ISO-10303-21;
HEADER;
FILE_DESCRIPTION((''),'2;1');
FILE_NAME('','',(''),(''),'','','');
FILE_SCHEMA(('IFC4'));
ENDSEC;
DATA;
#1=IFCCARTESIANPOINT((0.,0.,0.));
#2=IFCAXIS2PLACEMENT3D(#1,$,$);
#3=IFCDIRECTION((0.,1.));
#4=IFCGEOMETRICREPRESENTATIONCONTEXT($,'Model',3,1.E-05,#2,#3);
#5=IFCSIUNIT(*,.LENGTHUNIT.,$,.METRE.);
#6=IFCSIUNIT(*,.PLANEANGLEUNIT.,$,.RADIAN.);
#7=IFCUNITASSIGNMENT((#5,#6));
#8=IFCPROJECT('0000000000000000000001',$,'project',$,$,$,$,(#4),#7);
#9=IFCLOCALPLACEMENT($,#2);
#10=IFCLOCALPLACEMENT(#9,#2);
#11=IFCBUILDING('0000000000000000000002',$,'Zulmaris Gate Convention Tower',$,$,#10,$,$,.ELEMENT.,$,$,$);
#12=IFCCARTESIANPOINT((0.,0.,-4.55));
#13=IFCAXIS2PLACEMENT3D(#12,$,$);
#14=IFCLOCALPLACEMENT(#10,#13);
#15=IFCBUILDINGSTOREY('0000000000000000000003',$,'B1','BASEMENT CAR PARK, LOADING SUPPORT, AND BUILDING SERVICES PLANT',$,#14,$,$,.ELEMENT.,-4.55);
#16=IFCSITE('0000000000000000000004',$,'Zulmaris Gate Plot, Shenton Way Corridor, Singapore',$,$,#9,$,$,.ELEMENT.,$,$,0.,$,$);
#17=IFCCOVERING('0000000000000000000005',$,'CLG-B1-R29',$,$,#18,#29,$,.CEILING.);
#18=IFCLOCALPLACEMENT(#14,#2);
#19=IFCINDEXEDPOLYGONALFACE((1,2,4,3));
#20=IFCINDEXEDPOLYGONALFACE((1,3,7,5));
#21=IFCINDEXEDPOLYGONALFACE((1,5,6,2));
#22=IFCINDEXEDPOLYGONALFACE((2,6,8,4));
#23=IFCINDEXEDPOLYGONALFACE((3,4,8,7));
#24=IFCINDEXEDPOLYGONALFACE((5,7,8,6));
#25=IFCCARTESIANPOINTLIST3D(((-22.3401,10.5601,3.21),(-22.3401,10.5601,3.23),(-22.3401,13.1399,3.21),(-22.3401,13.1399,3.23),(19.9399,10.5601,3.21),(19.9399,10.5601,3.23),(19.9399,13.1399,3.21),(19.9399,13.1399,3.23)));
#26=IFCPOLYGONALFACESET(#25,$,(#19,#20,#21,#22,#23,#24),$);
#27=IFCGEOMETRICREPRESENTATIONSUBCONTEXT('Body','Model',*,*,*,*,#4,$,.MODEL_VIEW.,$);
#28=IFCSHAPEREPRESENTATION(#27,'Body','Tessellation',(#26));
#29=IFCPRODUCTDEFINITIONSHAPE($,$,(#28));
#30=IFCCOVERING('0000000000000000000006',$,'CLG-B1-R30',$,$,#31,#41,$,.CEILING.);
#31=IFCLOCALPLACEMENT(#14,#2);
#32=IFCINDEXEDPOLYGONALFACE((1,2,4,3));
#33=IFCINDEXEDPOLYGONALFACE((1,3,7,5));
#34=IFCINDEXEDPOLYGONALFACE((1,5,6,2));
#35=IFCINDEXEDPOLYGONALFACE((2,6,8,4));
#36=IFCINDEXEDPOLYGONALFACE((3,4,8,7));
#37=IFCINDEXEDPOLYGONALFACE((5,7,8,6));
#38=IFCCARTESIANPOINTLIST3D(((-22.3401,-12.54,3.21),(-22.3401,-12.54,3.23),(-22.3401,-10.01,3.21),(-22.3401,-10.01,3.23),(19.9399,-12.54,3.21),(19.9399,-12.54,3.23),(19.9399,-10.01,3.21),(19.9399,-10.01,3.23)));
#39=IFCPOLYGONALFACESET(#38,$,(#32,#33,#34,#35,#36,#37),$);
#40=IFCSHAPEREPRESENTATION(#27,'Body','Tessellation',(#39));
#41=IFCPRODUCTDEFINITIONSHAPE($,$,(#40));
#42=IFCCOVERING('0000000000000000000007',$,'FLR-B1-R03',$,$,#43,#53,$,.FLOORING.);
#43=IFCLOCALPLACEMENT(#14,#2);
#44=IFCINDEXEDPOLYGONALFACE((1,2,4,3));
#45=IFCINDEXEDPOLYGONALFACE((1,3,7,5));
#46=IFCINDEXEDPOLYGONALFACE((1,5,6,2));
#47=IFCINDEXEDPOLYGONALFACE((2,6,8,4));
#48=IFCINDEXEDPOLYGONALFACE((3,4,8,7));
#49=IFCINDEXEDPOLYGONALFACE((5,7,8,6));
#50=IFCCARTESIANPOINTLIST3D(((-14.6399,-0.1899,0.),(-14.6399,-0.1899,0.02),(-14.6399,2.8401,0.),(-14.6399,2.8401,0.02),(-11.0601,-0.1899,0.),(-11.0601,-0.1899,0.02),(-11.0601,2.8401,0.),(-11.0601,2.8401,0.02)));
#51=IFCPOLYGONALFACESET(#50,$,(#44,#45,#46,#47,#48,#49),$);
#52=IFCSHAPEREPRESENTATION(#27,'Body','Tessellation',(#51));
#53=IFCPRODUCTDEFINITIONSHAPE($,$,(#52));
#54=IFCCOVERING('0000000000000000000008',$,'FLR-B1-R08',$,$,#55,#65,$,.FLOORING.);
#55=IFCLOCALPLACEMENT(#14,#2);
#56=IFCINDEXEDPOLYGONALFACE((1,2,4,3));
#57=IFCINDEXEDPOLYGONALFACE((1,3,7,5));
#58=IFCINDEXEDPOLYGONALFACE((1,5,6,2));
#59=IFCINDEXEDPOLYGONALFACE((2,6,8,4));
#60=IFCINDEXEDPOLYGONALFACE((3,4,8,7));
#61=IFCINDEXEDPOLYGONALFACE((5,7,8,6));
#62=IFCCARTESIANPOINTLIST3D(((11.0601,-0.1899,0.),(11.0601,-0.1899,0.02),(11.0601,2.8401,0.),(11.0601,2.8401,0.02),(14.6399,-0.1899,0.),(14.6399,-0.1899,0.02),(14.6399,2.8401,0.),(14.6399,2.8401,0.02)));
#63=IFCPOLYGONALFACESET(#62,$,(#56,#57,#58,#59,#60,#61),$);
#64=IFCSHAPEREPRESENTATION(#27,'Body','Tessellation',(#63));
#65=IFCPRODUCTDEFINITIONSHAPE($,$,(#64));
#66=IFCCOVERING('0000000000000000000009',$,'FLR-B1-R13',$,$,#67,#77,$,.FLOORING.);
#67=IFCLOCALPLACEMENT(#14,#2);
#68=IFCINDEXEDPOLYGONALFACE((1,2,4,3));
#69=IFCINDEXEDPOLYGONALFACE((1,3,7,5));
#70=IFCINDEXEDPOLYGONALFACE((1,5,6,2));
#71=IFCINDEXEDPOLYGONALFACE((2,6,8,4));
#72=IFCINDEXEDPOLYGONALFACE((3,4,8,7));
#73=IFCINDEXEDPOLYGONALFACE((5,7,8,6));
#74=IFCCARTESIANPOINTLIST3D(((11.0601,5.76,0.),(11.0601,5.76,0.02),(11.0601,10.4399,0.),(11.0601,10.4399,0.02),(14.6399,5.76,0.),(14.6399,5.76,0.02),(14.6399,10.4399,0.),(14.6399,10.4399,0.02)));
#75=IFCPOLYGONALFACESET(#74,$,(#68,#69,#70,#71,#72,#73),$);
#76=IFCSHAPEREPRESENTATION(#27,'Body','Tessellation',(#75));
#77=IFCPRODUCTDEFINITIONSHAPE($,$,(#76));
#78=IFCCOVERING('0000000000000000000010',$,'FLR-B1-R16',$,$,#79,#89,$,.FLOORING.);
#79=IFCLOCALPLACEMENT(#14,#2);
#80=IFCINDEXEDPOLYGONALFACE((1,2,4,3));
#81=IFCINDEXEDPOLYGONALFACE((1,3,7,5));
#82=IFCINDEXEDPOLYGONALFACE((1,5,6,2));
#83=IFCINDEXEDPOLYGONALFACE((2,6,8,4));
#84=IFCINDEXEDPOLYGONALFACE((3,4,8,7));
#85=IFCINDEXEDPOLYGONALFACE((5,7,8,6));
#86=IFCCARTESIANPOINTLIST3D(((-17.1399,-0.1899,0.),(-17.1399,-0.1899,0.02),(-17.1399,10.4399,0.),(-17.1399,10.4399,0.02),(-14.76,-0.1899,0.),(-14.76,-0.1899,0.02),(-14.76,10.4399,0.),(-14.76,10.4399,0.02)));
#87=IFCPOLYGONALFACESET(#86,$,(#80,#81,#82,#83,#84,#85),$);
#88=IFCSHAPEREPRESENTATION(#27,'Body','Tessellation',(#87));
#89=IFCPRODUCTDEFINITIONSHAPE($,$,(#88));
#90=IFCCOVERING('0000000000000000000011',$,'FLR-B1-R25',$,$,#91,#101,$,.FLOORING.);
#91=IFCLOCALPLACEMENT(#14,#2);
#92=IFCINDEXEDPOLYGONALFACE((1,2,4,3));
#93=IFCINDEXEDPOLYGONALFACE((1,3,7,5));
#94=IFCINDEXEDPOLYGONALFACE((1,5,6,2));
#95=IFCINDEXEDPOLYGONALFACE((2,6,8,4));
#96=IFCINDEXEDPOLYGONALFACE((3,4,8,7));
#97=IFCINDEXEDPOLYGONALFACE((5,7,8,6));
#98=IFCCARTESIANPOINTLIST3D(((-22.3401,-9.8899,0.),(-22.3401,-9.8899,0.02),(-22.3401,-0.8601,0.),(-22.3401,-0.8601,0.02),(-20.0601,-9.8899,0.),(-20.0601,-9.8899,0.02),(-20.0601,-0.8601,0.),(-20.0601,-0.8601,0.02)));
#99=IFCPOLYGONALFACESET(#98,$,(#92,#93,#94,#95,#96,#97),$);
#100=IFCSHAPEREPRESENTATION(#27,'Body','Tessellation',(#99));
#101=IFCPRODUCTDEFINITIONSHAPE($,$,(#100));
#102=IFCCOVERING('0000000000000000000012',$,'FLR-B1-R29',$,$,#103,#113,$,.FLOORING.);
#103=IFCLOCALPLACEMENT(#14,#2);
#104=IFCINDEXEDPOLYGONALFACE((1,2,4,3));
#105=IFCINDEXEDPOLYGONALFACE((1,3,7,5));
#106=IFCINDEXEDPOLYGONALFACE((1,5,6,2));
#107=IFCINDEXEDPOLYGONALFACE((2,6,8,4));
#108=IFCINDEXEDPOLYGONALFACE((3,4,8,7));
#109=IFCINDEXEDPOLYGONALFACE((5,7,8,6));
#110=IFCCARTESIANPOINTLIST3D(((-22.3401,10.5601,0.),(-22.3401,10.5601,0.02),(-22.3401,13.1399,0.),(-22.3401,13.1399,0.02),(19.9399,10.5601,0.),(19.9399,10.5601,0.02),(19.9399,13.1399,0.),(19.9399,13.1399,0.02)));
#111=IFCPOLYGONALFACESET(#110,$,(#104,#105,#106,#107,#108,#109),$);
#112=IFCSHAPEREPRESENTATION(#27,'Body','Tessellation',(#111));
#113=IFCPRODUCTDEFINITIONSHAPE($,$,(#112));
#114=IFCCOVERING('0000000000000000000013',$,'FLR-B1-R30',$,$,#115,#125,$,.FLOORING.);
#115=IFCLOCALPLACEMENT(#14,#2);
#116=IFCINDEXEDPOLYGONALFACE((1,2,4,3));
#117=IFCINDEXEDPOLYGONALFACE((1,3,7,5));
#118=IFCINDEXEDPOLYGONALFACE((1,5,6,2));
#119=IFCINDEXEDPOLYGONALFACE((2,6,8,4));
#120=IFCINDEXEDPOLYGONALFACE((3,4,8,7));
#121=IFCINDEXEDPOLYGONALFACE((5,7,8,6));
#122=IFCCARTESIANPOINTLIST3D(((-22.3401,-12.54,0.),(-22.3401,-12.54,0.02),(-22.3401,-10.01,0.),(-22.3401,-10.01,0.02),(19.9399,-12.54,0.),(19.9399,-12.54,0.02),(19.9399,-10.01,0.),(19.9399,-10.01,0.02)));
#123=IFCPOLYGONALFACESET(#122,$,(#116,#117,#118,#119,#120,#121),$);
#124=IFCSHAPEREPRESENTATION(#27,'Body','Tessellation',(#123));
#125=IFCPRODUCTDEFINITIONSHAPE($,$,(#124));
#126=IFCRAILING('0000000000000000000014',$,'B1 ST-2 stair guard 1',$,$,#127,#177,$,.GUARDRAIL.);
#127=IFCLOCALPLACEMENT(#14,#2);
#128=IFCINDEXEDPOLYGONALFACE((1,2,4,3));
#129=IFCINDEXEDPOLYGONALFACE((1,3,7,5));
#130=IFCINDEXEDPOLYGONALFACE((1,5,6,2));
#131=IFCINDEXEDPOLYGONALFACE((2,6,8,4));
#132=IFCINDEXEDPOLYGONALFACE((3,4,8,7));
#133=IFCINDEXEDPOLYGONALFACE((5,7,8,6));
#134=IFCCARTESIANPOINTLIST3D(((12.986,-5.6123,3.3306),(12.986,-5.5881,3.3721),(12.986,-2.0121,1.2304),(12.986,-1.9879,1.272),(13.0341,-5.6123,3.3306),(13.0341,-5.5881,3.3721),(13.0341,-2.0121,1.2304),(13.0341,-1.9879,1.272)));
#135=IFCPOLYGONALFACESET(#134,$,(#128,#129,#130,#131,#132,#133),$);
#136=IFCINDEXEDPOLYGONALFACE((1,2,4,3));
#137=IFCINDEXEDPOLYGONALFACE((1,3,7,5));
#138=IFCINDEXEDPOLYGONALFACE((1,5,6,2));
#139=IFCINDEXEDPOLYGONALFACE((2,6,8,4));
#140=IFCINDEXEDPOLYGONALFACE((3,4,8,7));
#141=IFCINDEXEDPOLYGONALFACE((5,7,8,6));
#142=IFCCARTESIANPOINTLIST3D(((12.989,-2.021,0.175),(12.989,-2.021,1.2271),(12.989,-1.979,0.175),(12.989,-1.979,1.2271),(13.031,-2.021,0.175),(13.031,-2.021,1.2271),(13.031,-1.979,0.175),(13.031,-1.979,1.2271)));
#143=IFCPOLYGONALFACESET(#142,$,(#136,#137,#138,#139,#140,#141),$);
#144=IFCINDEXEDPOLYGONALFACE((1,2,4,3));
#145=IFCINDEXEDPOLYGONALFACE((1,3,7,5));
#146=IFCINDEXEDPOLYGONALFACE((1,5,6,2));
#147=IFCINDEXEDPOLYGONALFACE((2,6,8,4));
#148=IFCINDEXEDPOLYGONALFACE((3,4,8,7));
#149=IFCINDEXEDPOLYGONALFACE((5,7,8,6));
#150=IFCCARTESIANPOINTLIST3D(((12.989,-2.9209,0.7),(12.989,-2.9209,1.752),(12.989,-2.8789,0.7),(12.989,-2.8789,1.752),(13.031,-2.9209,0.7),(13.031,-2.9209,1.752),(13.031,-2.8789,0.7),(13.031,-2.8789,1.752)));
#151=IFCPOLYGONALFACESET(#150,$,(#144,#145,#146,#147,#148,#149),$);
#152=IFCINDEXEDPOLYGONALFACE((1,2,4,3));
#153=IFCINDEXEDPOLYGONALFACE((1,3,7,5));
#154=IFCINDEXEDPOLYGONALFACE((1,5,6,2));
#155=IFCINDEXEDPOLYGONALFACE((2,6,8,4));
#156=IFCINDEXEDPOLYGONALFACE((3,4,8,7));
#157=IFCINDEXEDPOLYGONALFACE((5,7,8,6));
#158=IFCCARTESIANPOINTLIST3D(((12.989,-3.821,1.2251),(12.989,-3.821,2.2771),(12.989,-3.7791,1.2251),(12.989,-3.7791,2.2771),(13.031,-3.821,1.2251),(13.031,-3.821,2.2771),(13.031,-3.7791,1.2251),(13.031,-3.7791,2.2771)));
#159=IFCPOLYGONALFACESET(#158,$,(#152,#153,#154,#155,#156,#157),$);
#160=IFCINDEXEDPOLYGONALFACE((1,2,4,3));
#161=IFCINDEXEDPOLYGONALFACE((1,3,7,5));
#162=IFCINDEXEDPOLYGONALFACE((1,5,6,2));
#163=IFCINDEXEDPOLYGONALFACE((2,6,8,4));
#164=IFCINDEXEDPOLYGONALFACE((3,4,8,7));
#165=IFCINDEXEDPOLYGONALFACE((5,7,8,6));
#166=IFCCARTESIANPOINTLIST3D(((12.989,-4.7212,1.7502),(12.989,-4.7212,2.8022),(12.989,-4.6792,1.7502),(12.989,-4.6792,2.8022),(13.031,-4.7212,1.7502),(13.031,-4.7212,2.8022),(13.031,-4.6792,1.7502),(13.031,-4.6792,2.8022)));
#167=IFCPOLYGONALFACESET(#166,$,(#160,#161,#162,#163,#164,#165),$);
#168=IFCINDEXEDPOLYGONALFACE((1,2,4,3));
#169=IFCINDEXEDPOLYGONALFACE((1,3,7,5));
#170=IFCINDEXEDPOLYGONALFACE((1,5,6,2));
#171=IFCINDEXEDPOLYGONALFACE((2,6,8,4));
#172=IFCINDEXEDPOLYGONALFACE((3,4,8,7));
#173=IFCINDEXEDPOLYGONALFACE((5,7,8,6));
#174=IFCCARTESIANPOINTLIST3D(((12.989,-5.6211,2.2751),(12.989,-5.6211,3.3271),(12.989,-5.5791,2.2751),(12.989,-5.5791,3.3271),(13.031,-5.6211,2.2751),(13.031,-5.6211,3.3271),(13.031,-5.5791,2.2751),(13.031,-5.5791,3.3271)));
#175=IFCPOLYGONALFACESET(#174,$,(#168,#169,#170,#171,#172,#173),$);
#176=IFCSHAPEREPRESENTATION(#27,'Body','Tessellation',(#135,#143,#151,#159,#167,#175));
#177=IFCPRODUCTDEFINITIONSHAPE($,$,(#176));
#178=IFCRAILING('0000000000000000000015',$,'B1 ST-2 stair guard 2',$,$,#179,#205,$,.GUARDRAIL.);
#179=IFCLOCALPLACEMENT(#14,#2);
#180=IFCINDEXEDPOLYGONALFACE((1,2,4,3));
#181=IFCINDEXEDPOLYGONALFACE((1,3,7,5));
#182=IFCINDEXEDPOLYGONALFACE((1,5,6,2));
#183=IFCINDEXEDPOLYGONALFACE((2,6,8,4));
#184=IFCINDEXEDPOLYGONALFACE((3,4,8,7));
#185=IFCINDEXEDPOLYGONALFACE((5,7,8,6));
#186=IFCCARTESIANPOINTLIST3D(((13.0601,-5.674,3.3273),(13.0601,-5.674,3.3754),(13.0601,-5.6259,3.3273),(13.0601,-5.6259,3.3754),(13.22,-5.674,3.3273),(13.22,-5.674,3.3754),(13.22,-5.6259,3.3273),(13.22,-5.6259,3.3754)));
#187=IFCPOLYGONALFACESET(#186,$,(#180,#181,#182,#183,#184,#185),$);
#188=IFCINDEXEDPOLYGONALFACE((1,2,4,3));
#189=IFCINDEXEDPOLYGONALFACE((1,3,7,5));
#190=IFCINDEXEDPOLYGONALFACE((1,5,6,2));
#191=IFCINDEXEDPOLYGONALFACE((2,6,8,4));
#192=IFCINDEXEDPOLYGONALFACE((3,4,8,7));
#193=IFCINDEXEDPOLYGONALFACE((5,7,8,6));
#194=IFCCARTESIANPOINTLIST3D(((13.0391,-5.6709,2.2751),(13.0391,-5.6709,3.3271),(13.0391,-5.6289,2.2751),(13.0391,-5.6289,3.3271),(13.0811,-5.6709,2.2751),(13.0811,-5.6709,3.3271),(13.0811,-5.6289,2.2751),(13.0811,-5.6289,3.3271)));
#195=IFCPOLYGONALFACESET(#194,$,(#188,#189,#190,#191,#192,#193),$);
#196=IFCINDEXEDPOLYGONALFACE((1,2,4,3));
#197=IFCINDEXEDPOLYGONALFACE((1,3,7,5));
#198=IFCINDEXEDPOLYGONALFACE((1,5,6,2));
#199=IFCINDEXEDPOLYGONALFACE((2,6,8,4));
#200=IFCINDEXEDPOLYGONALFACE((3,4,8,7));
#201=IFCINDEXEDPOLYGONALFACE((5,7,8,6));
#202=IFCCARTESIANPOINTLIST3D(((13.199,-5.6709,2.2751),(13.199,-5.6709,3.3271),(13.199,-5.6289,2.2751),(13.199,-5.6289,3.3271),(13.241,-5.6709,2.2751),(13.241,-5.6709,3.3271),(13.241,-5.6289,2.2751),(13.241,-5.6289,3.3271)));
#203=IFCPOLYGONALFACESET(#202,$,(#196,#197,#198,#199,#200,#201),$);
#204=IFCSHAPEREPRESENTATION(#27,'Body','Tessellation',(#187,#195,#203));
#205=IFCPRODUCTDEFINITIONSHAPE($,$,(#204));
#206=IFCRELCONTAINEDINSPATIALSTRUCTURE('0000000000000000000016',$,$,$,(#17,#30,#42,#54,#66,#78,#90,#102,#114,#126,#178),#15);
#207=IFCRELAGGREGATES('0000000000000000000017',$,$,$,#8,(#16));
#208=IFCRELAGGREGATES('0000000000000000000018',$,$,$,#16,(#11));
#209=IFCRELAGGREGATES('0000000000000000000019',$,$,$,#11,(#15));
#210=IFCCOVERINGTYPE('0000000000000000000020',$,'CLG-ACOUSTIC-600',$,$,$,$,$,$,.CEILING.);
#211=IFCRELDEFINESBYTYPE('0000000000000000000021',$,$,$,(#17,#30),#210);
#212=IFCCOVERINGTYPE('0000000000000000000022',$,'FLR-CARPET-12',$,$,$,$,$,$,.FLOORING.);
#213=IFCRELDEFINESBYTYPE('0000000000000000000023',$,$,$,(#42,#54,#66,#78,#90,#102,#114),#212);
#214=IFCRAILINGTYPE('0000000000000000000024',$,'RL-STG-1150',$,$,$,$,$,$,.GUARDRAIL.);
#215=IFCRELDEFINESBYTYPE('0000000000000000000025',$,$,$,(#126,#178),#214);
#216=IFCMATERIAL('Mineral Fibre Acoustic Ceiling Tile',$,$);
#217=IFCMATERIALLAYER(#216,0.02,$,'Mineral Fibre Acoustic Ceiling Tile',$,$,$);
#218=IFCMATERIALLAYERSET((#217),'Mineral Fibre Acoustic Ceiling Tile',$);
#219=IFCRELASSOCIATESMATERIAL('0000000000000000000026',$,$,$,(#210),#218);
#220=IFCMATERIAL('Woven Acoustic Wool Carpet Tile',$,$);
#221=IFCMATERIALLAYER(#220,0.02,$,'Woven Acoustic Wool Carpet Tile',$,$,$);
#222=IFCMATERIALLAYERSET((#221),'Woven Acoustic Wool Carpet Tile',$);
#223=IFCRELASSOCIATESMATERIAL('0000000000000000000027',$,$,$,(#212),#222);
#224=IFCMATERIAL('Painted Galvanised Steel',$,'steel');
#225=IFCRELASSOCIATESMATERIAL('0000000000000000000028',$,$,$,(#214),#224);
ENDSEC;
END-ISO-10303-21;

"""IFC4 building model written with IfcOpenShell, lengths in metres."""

from ifc_helpers import new_model, si_unit, direction, frame, origin, origin_2d, place, context, subcontext, project, spatial, polyline, rectangle, outline, extrude, material, layer, layer_set, type_object, element, save


model = new_model("IFC4")

# Units and contexts
model_context = context("Model", 3, precision=1e-05, world=origin(), true_north=direction((0.0, 1.0)))
body_context = subcontext(model_context, "Body", "Model", "MODEL_VIEW")
ifc_project = project(units=[si_unit("LENGTHUNIT", "METRE"), si_unit("PLANEANGLEUNIT", "RADIAN")], contexts=[model_context])

# Site, building, storey
site_placement = place(None, origin())
site = spatial("IfcSite", under=ifc_project, at=site_placement, Name="Zulmaris Gate Plot, Shenton Way Corridor, Singapore", CompositionType="ELEMENT", RefElevation=0.0)
building_placement = place(site_placement, origin())
building = spatial("IfcBuilding", under=site, at=building_placement, Name="Zulmaris Gate Convention Tower", CompositionType="ELEMENT")
storey_placement = place(building_placement, frame((0.0, 0.0, -4.55)))
storey = spatial("IfcBuildingStorey", under=building, at=storey_placement, Name="B1", Description="BASEMENT CAR PARK, LOADING SUPPORT, AND BUILDING SERVICES PLANT", CompositionType="ELEMENT", Elevation=-4.55)

# Coverings
ifc_material_1 = material(Name="Mineral Fibre Acoustic Ceiling Tile")
ifc_layer_1 = layer(ifc_material_1, 0.02, Name="Mineral Fibre Acoustic Ceiling Tile")
ifc_layer_set_1 = layer_set([ifc_layer_1], Name="Mineral Fibre Acoustic Ceiling Tile")
covering_type_1 = type_object("IfcCoveringType", Name="CLG-ACOUSTIC-600", PredefinedType="CEILING", material=ifc_layer_set_1)
covering_1_placement = place(storey_placement, frame((0.0, 0.0, 3.21)))
element("IfcCovering", 1, at=covering_1_placement, inside=storey, type_object=covering_type_1, Name="CLG-B1-R29", PredefinedType="CEILING", context=body_context, shape_type="SweptSolid", body=[
    extrude(outline(polyline([(-22.3401, 10.5601), (19.9399, 10.5601), (19.9399, 13.1399), (-22.3401, 13.1399), (-22.3401, 10.5601)])), origin(), (0.0, 0.0, 1.0), 0.02),
])
covering_2_placement = place(storey_placement, frame((0.0, 0.0, 3.21)))
element("IfcCovering", 2, at=covering_2_placement, inside=storey, type_object=covering_type_1, Name="CLG-B1-R30", PredefinedType="CEILING", context=body_context, shape_type="SweptSolid", body=[
    extrude(outline(polyline([(-22.3401, -12.54), (19.9399, -12.54), (19.9399, -10.01), (-22.3401, -10.01), (-22.3401, -12.54)])), origin(), (0.0, 0.0, 1.0), 0.02),
])
ifc_material_2 = material(Name="Woven Acoustic Wool Carpet Tile")
ifc_layer_2 = layer(ifc_material_2, 0.02, Name="Woven Acoustic Wool Carpet Tile")
ifc_layer_set_2 = layer_set([ifc_layer_2], Name="Woven Acoustic Wool Carpet Tile")
covering_type_2 = type_object("IfcCoveringType", Name="FLR-CARPET-12", PredefinedType="FLOORING", material=ifc_layer_set_2)
covering_3_placement = place(storey_placement, origin())
element("IfcCovering", 3, at=covering_3_placement, inside=storey, type_object=covering_type_2, Name="FLR-B1-R03", PredefinedType="FLOORING", context=body_context, shape_type="SweptSolid", body=[
    extrude(outline(polyline([(-14.6399, -0.1899), (-11.0601, -0.1899), (-11.0601, 2.8401), (-14.6399, 2.8401), (-14.6399, -0.1899)])), origin(), (0.0, 0.0, 1.0), 0.02),
])
covering_4_placement = place(storey_placement, origin())
element("IfcCovering", 4, at=covering_4_placement, inside=storey, type_object=covering_type_2, Name="FLR-B1-R08", PredefinedType="FLOORING", context=body_context, shape_type="SweptSolid", body=[
    extrude(outline(polyline([(11.0601, -0.1899), (14.6399, -0.1899), (14.6399, 2.8401), (11.0601, 2.8401), (11.0601, -0.1899)])), origin(), (0.0, 0.0, 1.0), 0.02),
])
covering_5_placement = place(storey_placement, origin())
element("IfcCovering", 5, at=covering_5_placement, inside=storey, type_object=covering_type_2, Name="FLR-B1-R13", PredefinedType="FLOORING", context=body_context, shape_type="SweptSolid", body=[
    extrude(outline(polyline([(11.0601, 5.76), (14.6399, 5.76), (14.6399, 10.4399), (11.0601, 10.4399), (11.0601, 5.76)])), origin(), (0.0, 0.0, 1.0), 0.02),
])
covering_6_placement = place(storey_placement, origin())
element("IfcCovering", 6, at=covering_6_placement, inside=storey, type_object=covering_type_2, Name="FLR-B1-R16", PredefinedType="FLOORING", context=body_context, shape_type="SweptSolid", body=[
    extrude(outline(polyline([(-17.1399, -0.1899), (-14.76, -0.1899), (-14.76, 10.4399), (-17.1399, 10.4399), (-17.1399, -0.1899)])), origin(), (0.0, 0.0, 1.0), 0.02),
])
covering_7_placement = place(storey_placement, origin())
element("IfcCovering", 7, at=covering_7_placement, inside=storey, type_object=covering_type_2, Name="FLR-B1-R25", PredefinedType="FLOORING", context=body_context, shape_type="SweptSolid", body=[
    extrude(outline(polyline([(-22.3401, -9.8899), (-20.0601, -9.8899), (-20.0601, -0.8601), (-22.3401, -0.8601), (-22.3401, -9.8899)])), origin(), (0.0, 0.0, 1.0), 0.02),
])
covering_8_placement = place(storey_placement, origin())
element("IfcCovering", 8, at=covering_8_placement, inside=storey, type_object=covering_type_2, Name="FLR-B1-R29", PredefinedType="FLOORING", context=body_context, shape_type="SweptSolid", body=[
    extrude(outline(polyline([(-22.3401, 10.5601), (19.9399, 10.5601), (19.9399, 13.1399), (-22.3401, 13.1399), (-22.3401, 10.5601)])), origin(), (0.0, 0.0, 1.0), 0.02),
])
covering_9_placement = place(storey_placement, origin())
element("IfcCovering", 9, at=covering_9_placement, inside=storey, type_object=covering_type_2, Name="FLR-B1-R30", PredefinedType="FLOORING", context=body_context, shape_type="SweptSolid", body=[
    extrude(outline(polyline([(-22.3401, -12.54), (19.9399, -12.54), (19.9399, -10.01), (-22.3401, -10.01), (-22.3401, -12.54)])), origin(), (0.0, 0.0, 1.0), 0.02),
])

# Railings
ifc_material_3 = material(Name="Painted Galvanised Steel", Category="steel")
railing_type_1 = type_object("IfcRailingType", Name="RL-STG-1150", PredefinedType="GUARDRAIL", material=ifc_material_3)
railing_1_placement = place(storey_placement, frame((13.01, -2.0, 0.175)))
element("IfcRailing", 10, at=railing_1_placement, inside=storey, type_object=railing_type_1, Name="B1 ST-2 stair guard 1", PredefinedType="GUARDRAIL", context=body_context, shape_type="SweptSolid", body=[
    extrude(rectangle(XDim=0.0481, YDim=0.0481, at=origin_2d()), frame((0.0, 0.0, 1.0762), z_axis=(0.0, -0.863775, 0.503878), x_axis=(1.0, 0.0, 0.0)), (0.0, 0.0, 1.0), 4.168),
    extrude(rectangle(XDim=0.042, YDim=0.042, at=origin_2d()), origin(), (0.0, 0.0, 1.0), 1.052),
    extrude(rectangle(XDim=0.042, YDim=0.042, at=origin_2d()), frame((0.0, -0.8999, 0.5249)), (0.0, 0.0, 1.0), 1.052),
    extrude(rectangle(XDim=0.042, YDim=0.042, at=origin_2d()), frame((0.0, -1.8, 1.05)), (0.0, 0.0, 1.0), 1.052),
    extrude(rectangle(XDim=0.042, YDim=0.042, at=origin_2d()), frame((0.0, -2.7002, 1.5752)), (0.0, 0.0, 1.0), 1.052),
    extrude(rectangle(XDim=0.042, YDim=0.042, at=origin_2d()), frame((0.0, -3.6001, 2.1001)), (0.0, 0.0, 1.0), 1.052),
])
railing_2_placement = place(storey_placement, frame((13.0601, -5.6499, 2.2751)))
element("IfcRailing", 11, at=railing_2_placement, inside=storey, type_object=railing_type_1, Name="B1 ST-2 stair guard 2", PredefinedType="GUARDRAIL", context=body_context, shape_type="SweptSolid", body=[
    extrude(rectangle(XDim=0.0481, YDim=0.0481, at=origin_2d()), frame((0.0, 0.0, 1.0762), z_axis=(1.0, 0.0, 0.0), x_axis=(0.0, 1.0, 0.0)), (0.0, 0.0, 1.0), 0.1599),
    extrude(rectangle(XDim=0.042, YDim=0.042, at=origin_2d()), origin(), (0.0, 0.0, 1.0), 1.052),
    extrude(rectangle(XDim=0.042, YDim=0.042, at=origin_2d()), frame((0.1599, 0.0, 0.0)), (0.0, 0.0, 1.0), 1.052),
])

save(model, "model.ifc")
